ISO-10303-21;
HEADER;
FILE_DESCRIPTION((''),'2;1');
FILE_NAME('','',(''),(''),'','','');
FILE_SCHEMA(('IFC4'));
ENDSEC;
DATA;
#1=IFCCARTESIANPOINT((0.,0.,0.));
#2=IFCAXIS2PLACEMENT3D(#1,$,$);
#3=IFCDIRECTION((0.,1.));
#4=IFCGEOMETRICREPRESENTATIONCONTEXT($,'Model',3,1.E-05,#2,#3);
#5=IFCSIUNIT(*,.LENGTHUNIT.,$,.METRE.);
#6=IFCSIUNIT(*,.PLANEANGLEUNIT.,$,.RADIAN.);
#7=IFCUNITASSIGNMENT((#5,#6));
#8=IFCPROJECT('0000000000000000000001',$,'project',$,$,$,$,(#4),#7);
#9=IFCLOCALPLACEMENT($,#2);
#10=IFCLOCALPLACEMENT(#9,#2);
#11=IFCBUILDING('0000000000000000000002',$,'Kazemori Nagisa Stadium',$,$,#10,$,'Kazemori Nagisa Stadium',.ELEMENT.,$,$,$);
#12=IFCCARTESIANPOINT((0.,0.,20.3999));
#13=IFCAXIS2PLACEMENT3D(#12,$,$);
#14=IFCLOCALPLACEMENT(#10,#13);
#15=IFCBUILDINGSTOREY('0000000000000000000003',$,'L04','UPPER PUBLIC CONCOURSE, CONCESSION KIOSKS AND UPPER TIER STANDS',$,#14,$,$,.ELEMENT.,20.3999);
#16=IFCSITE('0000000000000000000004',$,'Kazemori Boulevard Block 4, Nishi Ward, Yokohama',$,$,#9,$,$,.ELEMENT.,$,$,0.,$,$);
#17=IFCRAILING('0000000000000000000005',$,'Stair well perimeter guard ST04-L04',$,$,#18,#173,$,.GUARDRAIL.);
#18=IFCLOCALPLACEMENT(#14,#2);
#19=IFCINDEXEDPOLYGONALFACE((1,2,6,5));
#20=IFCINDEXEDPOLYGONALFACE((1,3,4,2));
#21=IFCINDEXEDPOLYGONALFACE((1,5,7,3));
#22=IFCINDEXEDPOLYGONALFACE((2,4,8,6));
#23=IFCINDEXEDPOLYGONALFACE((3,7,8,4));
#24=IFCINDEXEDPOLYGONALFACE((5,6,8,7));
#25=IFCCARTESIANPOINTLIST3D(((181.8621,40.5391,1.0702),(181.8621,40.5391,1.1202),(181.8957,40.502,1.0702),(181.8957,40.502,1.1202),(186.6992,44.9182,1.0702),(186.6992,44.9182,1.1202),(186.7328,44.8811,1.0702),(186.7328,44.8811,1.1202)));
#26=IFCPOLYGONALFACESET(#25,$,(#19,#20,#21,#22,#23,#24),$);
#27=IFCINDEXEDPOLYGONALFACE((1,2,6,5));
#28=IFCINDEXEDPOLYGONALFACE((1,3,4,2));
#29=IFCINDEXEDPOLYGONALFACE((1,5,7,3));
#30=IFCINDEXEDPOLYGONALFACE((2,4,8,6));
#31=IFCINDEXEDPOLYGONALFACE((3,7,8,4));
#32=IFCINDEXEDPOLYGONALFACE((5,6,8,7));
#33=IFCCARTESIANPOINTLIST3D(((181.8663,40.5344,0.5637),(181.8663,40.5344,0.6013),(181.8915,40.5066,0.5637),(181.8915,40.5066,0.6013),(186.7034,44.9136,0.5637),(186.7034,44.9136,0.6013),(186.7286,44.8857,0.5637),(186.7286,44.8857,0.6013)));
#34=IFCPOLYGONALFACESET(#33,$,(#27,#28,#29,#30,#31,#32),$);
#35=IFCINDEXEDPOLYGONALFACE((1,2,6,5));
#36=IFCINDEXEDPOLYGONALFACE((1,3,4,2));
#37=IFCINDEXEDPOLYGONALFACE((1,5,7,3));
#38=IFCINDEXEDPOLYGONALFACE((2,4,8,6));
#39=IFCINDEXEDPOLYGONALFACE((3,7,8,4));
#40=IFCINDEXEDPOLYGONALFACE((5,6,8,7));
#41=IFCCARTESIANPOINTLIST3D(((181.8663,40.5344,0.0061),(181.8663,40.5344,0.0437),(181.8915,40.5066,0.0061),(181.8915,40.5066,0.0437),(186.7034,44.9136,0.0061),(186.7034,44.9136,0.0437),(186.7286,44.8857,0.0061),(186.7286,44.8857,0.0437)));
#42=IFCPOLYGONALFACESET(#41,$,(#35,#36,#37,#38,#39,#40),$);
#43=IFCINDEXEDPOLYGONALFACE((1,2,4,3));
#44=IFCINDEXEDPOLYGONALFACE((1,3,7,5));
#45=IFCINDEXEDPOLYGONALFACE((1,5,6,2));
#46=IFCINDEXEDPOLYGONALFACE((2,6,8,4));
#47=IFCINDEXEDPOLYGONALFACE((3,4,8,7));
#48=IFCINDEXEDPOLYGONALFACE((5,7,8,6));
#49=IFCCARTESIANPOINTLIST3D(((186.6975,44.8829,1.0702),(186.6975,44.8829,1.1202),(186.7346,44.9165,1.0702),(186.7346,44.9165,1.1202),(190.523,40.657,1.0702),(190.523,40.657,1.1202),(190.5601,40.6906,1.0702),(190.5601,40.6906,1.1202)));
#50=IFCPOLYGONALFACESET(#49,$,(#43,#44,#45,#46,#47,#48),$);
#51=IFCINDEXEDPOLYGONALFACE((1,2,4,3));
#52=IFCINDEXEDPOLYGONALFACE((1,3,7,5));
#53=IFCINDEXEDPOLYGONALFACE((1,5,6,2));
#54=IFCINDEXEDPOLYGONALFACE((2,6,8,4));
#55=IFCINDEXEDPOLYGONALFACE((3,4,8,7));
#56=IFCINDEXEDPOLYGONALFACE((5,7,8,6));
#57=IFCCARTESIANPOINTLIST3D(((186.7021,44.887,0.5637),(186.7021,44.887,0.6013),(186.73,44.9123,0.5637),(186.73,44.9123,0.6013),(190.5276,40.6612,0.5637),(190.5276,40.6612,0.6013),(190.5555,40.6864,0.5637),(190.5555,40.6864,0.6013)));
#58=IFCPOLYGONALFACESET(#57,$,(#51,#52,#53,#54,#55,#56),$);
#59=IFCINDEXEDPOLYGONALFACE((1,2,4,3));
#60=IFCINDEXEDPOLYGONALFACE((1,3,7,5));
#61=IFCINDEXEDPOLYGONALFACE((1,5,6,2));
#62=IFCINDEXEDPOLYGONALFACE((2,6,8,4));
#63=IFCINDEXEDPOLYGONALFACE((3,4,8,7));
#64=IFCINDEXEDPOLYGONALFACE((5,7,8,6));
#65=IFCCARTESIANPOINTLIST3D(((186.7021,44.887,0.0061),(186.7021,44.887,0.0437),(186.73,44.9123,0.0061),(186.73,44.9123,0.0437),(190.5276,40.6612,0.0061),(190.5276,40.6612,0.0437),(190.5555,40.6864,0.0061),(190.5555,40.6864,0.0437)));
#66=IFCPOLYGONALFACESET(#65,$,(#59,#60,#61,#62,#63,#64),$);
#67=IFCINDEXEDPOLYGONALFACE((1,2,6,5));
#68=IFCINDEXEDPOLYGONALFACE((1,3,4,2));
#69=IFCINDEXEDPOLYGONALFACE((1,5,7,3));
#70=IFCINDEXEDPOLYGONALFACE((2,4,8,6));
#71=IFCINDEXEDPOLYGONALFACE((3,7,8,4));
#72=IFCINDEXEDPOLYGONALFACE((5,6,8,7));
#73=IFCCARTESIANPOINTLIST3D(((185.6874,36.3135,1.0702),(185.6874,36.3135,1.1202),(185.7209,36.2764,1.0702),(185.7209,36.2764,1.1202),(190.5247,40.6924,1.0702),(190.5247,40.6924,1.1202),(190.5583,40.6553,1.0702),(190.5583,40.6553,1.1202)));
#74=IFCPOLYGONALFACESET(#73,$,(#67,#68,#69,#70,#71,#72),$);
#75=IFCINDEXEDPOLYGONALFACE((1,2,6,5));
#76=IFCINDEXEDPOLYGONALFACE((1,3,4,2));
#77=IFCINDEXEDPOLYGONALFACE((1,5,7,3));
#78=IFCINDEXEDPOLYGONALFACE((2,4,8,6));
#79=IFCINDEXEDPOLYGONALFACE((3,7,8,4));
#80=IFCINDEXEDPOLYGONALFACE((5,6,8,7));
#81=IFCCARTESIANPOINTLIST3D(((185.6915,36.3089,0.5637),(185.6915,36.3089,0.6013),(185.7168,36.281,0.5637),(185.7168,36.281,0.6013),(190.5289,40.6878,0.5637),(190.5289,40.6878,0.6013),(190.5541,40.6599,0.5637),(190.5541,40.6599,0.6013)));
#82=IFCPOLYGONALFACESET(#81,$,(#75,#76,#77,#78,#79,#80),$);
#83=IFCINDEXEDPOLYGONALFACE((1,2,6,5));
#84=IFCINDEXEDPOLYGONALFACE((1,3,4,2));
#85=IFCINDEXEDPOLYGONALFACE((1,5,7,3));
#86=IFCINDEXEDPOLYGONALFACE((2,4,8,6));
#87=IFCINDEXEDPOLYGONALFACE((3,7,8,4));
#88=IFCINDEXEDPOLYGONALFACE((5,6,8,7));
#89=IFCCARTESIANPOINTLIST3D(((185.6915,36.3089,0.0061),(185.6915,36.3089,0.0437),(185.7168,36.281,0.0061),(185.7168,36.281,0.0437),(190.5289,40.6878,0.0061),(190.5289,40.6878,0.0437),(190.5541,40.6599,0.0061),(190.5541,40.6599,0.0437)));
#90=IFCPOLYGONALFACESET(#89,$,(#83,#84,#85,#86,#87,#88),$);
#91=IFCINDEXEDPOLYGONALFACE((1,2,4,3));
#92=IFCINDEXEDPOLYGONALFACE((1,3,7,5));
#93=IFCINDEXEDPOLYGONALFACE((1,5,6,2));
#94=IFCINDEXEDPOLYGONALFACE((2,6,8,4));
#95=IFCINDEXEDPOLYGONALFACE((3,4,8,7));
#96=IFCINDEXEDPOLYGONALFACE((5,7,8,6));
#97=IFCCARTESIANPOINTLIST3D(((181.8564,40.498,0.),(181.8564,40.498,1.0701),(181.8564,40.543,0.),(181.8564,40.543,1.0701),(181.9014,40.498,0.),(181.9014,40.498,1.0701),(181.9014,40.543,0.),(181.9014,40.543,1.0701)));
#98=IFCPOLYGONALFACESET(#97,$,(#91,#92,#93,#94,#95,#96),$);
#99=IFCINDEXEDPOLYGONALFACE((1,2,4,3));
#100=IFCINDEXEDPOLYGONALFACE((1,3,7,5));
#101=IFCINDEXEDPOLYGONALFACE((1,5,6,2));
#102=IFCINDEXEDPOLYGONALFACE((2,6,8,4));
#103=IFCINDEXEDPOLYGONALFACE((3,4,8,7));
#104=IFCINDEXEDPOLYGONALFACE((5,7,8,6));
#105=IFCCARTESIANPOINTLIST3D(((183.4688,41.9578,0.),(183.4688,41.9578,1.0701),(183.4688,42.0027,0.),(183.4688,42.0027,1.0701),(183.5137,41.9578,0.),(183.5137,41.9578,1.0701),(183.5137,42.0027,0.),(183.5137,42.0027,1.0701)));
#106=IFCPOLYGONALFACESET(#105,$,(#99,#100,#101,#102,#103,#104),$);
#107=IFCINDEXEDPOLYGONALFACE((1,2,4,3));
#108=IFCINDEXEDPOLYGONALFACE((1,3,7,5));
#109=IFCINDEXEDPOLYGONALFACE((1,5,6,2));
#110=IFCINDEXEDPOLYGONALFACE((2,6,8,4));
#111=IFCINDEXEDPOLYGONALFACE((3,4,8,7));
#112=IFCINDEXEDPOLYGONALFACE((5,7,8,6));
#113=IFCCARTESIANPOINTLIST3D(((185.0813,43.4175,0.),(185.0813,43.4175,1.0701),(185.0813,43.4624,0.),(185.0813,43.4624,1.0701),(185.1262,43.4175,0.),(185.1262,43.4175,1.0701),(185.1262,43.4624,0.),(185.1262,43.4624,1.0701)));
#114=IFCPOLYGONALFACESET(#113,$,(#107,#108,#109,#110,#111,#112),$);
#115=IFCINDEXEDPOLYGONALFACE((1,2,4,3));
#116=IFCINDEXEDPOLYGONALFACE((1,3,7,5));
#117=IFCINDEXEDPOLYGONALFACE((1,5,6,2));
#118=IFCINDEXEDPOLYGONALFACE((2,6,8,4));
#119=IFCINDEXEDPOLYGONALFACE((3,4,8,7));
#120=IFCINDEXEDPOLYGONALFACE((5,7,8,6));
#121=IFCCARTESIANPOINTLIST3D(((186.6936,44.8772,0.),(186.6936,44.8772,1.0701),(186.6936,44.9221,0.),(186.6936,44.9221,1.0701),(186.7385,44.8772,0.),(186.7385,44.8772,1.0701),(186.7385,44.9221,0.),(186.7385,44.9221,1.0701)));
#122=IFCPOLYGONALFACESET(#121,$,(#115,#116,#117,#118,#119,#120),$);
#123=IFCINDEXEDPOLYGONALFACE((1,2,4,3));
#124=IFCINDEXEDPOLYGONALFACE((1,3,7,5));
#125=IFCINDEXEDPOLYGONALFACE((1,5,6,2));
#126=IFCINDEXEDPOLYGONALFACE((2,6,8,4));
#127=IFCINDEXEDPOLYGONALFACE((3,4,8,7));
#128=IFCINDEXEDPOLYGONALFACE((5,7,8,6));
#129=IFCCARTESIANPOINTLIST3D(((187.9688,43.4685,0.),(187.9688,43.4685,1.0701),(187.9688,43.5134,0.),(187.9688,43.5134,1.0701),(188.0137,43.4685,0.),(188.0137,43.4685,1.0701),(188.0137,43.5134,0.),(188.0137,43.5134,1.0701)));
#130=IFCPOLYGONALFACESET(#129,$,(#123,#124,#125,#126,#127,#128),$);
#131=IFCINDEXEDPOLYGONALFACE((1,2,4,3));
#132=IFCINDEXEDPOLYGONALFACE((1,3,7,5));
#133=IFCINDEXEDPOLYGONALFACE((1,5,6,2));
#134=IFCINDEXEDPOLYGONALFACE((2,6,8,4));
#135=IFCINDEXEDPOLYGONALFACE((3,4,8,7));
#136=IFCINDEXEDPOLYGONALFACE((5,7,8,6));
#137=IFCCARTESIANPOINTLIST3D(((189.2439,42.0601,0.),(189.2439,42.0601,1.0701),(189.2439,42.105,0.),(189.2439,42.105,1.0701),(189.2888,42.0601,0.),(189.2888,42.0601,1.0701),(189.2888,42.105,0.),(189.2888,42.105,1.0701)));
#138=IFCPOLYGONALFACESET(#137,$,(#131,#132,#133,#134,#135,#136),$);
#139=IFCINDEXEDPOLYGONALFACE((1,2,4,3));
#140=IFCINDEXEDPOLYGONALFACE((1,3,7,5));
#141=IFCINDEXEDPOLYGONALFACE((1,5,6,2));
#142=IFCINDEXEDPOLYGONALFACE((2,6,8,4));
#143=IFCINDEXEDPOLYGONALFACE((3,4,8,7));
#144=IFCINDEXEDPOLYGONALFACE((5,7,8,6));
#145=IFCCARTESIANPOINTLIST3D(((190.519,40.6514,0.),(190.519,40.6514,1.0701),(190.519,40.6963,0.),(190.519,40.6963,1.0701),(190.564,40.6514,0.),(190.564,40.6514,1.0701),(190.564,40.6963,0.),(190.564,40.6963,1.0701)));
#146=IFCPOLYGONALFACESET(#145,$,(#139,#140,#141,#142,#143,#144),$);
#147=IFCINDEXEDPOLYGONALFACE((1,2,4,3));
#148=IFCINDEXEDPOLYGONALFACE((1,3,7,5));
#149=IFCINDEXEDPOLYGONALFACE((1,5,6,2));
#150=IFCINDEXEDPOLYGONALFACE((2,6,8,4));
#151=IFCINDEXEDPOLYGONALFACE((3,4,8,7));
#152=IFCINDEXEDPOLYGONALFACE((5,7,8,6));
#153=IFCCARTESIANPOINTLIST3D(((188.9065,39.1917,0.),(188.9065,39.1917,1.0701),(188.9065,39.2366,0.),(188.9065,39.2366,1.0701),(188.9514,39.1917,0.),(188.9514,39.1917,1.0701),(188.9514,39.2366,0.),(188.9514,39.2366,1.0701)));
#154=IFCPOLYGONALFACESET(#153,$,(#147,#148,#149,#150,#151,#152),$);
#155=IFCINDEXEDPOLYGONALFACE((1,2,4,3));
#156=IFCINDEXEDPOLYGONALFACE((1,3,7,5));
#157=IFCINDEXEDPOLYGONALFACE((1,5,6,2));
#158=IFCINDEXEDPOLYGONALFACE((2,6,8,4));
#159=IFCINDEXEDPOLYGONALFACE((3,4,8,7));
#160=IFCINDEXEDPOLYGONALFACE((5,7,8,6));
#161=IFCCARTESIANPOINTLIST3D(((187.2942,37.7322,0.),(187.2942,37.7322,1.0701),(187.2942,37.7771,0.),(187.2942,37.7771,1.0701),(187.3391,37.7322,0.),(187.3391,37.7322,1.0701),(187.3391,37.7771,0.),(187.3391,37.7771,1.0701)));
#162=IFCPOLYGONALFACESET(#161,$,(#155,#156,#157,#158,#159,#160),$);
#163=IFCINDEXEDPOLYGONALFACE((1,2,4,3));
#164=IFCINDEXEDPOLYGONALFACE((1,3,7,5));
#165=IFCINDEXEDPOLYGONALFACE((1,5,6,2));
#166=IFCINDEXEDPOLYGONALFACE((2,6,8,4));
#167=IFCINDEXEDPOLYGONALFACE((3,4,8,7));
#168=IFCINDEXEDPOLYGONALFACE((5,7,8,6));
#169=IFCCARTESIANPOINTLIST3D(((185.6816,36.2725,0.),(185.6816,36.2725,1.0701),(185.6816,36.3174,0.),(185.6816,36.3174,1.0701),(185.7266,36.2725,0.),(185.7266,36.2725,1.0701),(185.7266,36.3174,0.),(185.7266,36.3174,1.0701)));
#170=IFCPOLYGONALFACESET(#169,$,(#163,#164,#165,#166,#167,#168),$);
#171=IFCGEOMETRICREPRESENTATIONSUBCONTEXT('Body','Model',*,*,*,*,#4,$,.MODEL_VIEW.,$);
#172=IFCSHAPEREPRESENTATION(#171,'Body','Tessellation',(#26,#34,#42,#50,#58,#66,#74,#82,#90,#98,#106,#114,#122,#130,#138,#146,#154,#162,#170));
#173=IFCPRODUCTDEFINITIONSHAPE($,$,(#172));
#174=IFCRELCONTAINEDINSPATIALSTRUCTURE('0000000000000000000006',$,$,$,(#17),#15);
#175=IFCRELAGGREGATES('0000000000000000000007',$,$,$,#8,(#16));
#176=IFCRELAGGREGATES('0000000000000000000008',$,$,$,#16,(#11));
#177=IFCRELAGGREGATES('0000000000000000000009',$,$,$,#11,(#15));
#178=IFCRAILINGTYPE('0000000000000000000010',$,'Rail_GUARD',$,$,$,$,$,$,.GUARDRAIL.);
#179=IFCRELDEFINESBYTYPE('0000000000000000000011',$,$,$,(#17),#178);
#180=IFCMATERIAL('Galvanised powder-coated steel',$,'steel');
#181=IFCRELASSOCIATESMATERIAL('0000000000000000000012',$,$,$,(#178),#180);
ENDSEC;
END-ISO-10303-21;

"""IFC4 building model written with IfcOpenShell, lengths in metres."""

from ifc_helpers import new_model, si_unit, direction, frame, origin, origin_2d, place, context, subcontext, project, spatial, rectangle, extrude, material, type_object, element, save


model = new_model("IFC4")

# Units and contexts
model_context = context("Model", 3, precision=1e-05, world=origin(), true_north=direction((0.0, 1.0)))
body_context = subcontext(model_context, "Body", "Model", "MODEL_VIEW")
ifc_project = project(units=[si_unit("LENGTHUNIT", "METRE"), si_unit("PLANEANGLEUNIT", "RADIAN")], contexts=[model_context])

# Site, building, storey
site_placement = place(None, origin())
site = spatial("IfcSite", under=ifc_project, at=site_placement, Name="Kazemori Boulevard Block 4, Nishi Ward, Yokohama", CompositionType="ELEMENT", RefElevation=0.0)
building_placement = place(site_placement, origin())
building = spatial("IfcBuilding", under=site, at=building_placement, Name="Kazemori Nagisa Stadium", LongName="Kazemori Nagisa Stadium", CompositionType="ELEMENT")
storey_placement = place(building_placement, frame((0.0, 0.0, 20.3999)))
storey = spatial("IfcBuildingStorey", under=building, at=storey_placement, Name="L04", Description="UPPER PUBLIC CONCOURSE, CONCESSION KIOSKS AND UPPER TIER STANDS", CompositionType="ELEMENT", Elevation=20.3999)

# Railing
ifc_material_1 = material(Name="Galvanised powder-coated steel", Category="steel")
railing_type_1 = type_object("IfcRailingType", Name="Rail_GUARD", PredefinedType="GUARDRAIL", material=ifc_material_1)
railing_1_placement = place(storey_placement, frame((181.8789, 40.5205, 0.0)))
element("IfcRailing", 1, at=railing_1_placement, inside=storey, type_object=railing_type_1, Name="Stair well perimeter guard ST04-L04", PredefinedType="GUARDRAIL", context=body_context, shape_type="SweptSolid", body=[
    extrude(rectangle(XDim=0.05, YDim=0.05, at=origin_2d()), frame((0.0, 0.0, 1.0952), z_axis=(0.741332, 0.671139, 0.0), x_axis=(-0.671139, 0.741332, 0.0)), (0.0, 0.0, 1.0), 6.5249),
    extrude(rectangle(XDim=0.0376, YDim=0.0376, at=origin_2d()), frame((0.0, 0.0, 0.5825), z_axis=(0.741332, 0.671139, 0.0), x_axis=(-0.671139, 0.741332, 0.0)), (0.0, 0.0, 1.0), 6.5249),
    extrude(rectangle(XDim=0.0376, YDim=0.0376, at=origin_2d()), frame((0.0, 0.0, 0.0249), z_axis=(0.741332, 0.671139, 0.0), x_axis=(-0.671139, 0.741332, 0.0)), (0.0, 0.0, 1.0), 6.5249),
    extrude(rectangle(XDim=0.05, YDim=0.05, at=origin_2d()), frame((4.8372, 4.3792, 1.0952), z_axis=(0.671113, -0.741355, 0.0), x_axis=(0.741355, 0.671113, 0.0)), (0.0, 0.0, 1.0), 5.7002),
    extrude(rectangle(XDim=0.0376, YDim=0.0376, at=origin_2d()), frame((4.8372, 4.3792, 0.5825), z_axis=(0.671113, -0.741355, 0.0), x_axis=(0.741355, 0.671113, 0.0)), (0.0, 0.0, 1.0), 5.7002),
    extrude(rectangle(XDim=0.0376, YDim=0.0376, at=origin_2d()), frame((4.8372, 4.3792, 0.0249), z_axis=(0.671113, -0.741355, 0.0), x_axis=(0.741355, 0.671113, 0.0)), (0.0, 0.0, 1.0), 5.7002),
    extrude(rectangle(XDim=0.05, YDim=0.05, at=origin_2d()), frame((8.6626, 0.1533, 1.0952), z_axis=(-0.741367, -0.671099, 0.0), x_axis=(0.671099, -0.741367, 0.0)), (0.0, 0.0, 1.0), 6.5249),
    extrude(rectangle(XDim=0.0376, YDim=0.0376, at=origin_2d()), frame((8.6626, 0.1533, 0.5825), z_axis=(-0.741367, -0.671099, 0.0), x_axis=(0.671099, -0.741367, 0.0)), (0.0, 0.0, 1.0), 6.5249),
    extrude(rectangle(XDim=0.0376, YDim=0.0376, at=origin_2d()), frame((8.6626, 0.1533, 0.0249), z_axis=(-0.741367, -0.671099, 0.0), x_axis=(0.671099, -0.741367, 0.0)), (0.0, 0.0, 1.0), 6.5249),
    extrude(rectangle(XDim=0.0449, YDim=0.0449, at=origin_2d()), origin(), (0.0, 0.0, 1.0), 1.0701),
    extrude(rectangle(XDim=0.0449, YDim=0.0449, at=origin_2d()), frame((1.6123, 1.4597, 0.0)), (0.0, 0.0, 1.0), 1.0701),
    extrude(rectangle(XDim=0.0449, YDim=0.0449, at=origin_2d()), frame((3.2249, 2.9194, 0.0)), (0.0, 0.0, 1.0), 1.0701),
    extrude(rectangle(XDim=0.0449, YDim=0.0449, at=origin_2d()), frame((4.8372, 4.3792, 0.0)), (0.0, 0.0, 1.0), 1.0701),
    extrude(rectangle(XDim=0.0449, YDim=0.0449, at=origin_2d()), frame((6.1123, 2.9705, 0.0)), (0.0, 0.0, 1.0), 1.0701),
    extrude(rectangle(XDim=0.0449, YDim=0.0449, at=origin_2d()), frame((7.3875, 1.562, 0.0)), (0.0, 0.0, 1.0), 1.0701),
    extrude(rectangle(XDim=0.0449, YDim=0.0449, at=origin_2d()), frame((8.6626, 0.1533, 0.0)), (0.0, 0.0, 1.0), 1.0701),
    extrude(rectangle(XDim=0.0449, YDim=0.0449, at=origin_2d()), frame((7.05, -1.3064, 0.0)), (0.0, 0.0, 1.0), 1.0701),
    extrude(rectangle(XDim=0.0449, YDim=0.0449, at=origin_2d()), frame((5.4377, -2.7659, 0.0)), (0.0, 0.0, 1.0), 1.0701),
    extrude(rectangle(XDim=0.0449, YDim=0.0449, at=origin_2d()), frame((3.8252, -4.2256, 0.0)), (0.0, 0.0, 1.0), 1.0701),
])

save(model, "model.ifc")
